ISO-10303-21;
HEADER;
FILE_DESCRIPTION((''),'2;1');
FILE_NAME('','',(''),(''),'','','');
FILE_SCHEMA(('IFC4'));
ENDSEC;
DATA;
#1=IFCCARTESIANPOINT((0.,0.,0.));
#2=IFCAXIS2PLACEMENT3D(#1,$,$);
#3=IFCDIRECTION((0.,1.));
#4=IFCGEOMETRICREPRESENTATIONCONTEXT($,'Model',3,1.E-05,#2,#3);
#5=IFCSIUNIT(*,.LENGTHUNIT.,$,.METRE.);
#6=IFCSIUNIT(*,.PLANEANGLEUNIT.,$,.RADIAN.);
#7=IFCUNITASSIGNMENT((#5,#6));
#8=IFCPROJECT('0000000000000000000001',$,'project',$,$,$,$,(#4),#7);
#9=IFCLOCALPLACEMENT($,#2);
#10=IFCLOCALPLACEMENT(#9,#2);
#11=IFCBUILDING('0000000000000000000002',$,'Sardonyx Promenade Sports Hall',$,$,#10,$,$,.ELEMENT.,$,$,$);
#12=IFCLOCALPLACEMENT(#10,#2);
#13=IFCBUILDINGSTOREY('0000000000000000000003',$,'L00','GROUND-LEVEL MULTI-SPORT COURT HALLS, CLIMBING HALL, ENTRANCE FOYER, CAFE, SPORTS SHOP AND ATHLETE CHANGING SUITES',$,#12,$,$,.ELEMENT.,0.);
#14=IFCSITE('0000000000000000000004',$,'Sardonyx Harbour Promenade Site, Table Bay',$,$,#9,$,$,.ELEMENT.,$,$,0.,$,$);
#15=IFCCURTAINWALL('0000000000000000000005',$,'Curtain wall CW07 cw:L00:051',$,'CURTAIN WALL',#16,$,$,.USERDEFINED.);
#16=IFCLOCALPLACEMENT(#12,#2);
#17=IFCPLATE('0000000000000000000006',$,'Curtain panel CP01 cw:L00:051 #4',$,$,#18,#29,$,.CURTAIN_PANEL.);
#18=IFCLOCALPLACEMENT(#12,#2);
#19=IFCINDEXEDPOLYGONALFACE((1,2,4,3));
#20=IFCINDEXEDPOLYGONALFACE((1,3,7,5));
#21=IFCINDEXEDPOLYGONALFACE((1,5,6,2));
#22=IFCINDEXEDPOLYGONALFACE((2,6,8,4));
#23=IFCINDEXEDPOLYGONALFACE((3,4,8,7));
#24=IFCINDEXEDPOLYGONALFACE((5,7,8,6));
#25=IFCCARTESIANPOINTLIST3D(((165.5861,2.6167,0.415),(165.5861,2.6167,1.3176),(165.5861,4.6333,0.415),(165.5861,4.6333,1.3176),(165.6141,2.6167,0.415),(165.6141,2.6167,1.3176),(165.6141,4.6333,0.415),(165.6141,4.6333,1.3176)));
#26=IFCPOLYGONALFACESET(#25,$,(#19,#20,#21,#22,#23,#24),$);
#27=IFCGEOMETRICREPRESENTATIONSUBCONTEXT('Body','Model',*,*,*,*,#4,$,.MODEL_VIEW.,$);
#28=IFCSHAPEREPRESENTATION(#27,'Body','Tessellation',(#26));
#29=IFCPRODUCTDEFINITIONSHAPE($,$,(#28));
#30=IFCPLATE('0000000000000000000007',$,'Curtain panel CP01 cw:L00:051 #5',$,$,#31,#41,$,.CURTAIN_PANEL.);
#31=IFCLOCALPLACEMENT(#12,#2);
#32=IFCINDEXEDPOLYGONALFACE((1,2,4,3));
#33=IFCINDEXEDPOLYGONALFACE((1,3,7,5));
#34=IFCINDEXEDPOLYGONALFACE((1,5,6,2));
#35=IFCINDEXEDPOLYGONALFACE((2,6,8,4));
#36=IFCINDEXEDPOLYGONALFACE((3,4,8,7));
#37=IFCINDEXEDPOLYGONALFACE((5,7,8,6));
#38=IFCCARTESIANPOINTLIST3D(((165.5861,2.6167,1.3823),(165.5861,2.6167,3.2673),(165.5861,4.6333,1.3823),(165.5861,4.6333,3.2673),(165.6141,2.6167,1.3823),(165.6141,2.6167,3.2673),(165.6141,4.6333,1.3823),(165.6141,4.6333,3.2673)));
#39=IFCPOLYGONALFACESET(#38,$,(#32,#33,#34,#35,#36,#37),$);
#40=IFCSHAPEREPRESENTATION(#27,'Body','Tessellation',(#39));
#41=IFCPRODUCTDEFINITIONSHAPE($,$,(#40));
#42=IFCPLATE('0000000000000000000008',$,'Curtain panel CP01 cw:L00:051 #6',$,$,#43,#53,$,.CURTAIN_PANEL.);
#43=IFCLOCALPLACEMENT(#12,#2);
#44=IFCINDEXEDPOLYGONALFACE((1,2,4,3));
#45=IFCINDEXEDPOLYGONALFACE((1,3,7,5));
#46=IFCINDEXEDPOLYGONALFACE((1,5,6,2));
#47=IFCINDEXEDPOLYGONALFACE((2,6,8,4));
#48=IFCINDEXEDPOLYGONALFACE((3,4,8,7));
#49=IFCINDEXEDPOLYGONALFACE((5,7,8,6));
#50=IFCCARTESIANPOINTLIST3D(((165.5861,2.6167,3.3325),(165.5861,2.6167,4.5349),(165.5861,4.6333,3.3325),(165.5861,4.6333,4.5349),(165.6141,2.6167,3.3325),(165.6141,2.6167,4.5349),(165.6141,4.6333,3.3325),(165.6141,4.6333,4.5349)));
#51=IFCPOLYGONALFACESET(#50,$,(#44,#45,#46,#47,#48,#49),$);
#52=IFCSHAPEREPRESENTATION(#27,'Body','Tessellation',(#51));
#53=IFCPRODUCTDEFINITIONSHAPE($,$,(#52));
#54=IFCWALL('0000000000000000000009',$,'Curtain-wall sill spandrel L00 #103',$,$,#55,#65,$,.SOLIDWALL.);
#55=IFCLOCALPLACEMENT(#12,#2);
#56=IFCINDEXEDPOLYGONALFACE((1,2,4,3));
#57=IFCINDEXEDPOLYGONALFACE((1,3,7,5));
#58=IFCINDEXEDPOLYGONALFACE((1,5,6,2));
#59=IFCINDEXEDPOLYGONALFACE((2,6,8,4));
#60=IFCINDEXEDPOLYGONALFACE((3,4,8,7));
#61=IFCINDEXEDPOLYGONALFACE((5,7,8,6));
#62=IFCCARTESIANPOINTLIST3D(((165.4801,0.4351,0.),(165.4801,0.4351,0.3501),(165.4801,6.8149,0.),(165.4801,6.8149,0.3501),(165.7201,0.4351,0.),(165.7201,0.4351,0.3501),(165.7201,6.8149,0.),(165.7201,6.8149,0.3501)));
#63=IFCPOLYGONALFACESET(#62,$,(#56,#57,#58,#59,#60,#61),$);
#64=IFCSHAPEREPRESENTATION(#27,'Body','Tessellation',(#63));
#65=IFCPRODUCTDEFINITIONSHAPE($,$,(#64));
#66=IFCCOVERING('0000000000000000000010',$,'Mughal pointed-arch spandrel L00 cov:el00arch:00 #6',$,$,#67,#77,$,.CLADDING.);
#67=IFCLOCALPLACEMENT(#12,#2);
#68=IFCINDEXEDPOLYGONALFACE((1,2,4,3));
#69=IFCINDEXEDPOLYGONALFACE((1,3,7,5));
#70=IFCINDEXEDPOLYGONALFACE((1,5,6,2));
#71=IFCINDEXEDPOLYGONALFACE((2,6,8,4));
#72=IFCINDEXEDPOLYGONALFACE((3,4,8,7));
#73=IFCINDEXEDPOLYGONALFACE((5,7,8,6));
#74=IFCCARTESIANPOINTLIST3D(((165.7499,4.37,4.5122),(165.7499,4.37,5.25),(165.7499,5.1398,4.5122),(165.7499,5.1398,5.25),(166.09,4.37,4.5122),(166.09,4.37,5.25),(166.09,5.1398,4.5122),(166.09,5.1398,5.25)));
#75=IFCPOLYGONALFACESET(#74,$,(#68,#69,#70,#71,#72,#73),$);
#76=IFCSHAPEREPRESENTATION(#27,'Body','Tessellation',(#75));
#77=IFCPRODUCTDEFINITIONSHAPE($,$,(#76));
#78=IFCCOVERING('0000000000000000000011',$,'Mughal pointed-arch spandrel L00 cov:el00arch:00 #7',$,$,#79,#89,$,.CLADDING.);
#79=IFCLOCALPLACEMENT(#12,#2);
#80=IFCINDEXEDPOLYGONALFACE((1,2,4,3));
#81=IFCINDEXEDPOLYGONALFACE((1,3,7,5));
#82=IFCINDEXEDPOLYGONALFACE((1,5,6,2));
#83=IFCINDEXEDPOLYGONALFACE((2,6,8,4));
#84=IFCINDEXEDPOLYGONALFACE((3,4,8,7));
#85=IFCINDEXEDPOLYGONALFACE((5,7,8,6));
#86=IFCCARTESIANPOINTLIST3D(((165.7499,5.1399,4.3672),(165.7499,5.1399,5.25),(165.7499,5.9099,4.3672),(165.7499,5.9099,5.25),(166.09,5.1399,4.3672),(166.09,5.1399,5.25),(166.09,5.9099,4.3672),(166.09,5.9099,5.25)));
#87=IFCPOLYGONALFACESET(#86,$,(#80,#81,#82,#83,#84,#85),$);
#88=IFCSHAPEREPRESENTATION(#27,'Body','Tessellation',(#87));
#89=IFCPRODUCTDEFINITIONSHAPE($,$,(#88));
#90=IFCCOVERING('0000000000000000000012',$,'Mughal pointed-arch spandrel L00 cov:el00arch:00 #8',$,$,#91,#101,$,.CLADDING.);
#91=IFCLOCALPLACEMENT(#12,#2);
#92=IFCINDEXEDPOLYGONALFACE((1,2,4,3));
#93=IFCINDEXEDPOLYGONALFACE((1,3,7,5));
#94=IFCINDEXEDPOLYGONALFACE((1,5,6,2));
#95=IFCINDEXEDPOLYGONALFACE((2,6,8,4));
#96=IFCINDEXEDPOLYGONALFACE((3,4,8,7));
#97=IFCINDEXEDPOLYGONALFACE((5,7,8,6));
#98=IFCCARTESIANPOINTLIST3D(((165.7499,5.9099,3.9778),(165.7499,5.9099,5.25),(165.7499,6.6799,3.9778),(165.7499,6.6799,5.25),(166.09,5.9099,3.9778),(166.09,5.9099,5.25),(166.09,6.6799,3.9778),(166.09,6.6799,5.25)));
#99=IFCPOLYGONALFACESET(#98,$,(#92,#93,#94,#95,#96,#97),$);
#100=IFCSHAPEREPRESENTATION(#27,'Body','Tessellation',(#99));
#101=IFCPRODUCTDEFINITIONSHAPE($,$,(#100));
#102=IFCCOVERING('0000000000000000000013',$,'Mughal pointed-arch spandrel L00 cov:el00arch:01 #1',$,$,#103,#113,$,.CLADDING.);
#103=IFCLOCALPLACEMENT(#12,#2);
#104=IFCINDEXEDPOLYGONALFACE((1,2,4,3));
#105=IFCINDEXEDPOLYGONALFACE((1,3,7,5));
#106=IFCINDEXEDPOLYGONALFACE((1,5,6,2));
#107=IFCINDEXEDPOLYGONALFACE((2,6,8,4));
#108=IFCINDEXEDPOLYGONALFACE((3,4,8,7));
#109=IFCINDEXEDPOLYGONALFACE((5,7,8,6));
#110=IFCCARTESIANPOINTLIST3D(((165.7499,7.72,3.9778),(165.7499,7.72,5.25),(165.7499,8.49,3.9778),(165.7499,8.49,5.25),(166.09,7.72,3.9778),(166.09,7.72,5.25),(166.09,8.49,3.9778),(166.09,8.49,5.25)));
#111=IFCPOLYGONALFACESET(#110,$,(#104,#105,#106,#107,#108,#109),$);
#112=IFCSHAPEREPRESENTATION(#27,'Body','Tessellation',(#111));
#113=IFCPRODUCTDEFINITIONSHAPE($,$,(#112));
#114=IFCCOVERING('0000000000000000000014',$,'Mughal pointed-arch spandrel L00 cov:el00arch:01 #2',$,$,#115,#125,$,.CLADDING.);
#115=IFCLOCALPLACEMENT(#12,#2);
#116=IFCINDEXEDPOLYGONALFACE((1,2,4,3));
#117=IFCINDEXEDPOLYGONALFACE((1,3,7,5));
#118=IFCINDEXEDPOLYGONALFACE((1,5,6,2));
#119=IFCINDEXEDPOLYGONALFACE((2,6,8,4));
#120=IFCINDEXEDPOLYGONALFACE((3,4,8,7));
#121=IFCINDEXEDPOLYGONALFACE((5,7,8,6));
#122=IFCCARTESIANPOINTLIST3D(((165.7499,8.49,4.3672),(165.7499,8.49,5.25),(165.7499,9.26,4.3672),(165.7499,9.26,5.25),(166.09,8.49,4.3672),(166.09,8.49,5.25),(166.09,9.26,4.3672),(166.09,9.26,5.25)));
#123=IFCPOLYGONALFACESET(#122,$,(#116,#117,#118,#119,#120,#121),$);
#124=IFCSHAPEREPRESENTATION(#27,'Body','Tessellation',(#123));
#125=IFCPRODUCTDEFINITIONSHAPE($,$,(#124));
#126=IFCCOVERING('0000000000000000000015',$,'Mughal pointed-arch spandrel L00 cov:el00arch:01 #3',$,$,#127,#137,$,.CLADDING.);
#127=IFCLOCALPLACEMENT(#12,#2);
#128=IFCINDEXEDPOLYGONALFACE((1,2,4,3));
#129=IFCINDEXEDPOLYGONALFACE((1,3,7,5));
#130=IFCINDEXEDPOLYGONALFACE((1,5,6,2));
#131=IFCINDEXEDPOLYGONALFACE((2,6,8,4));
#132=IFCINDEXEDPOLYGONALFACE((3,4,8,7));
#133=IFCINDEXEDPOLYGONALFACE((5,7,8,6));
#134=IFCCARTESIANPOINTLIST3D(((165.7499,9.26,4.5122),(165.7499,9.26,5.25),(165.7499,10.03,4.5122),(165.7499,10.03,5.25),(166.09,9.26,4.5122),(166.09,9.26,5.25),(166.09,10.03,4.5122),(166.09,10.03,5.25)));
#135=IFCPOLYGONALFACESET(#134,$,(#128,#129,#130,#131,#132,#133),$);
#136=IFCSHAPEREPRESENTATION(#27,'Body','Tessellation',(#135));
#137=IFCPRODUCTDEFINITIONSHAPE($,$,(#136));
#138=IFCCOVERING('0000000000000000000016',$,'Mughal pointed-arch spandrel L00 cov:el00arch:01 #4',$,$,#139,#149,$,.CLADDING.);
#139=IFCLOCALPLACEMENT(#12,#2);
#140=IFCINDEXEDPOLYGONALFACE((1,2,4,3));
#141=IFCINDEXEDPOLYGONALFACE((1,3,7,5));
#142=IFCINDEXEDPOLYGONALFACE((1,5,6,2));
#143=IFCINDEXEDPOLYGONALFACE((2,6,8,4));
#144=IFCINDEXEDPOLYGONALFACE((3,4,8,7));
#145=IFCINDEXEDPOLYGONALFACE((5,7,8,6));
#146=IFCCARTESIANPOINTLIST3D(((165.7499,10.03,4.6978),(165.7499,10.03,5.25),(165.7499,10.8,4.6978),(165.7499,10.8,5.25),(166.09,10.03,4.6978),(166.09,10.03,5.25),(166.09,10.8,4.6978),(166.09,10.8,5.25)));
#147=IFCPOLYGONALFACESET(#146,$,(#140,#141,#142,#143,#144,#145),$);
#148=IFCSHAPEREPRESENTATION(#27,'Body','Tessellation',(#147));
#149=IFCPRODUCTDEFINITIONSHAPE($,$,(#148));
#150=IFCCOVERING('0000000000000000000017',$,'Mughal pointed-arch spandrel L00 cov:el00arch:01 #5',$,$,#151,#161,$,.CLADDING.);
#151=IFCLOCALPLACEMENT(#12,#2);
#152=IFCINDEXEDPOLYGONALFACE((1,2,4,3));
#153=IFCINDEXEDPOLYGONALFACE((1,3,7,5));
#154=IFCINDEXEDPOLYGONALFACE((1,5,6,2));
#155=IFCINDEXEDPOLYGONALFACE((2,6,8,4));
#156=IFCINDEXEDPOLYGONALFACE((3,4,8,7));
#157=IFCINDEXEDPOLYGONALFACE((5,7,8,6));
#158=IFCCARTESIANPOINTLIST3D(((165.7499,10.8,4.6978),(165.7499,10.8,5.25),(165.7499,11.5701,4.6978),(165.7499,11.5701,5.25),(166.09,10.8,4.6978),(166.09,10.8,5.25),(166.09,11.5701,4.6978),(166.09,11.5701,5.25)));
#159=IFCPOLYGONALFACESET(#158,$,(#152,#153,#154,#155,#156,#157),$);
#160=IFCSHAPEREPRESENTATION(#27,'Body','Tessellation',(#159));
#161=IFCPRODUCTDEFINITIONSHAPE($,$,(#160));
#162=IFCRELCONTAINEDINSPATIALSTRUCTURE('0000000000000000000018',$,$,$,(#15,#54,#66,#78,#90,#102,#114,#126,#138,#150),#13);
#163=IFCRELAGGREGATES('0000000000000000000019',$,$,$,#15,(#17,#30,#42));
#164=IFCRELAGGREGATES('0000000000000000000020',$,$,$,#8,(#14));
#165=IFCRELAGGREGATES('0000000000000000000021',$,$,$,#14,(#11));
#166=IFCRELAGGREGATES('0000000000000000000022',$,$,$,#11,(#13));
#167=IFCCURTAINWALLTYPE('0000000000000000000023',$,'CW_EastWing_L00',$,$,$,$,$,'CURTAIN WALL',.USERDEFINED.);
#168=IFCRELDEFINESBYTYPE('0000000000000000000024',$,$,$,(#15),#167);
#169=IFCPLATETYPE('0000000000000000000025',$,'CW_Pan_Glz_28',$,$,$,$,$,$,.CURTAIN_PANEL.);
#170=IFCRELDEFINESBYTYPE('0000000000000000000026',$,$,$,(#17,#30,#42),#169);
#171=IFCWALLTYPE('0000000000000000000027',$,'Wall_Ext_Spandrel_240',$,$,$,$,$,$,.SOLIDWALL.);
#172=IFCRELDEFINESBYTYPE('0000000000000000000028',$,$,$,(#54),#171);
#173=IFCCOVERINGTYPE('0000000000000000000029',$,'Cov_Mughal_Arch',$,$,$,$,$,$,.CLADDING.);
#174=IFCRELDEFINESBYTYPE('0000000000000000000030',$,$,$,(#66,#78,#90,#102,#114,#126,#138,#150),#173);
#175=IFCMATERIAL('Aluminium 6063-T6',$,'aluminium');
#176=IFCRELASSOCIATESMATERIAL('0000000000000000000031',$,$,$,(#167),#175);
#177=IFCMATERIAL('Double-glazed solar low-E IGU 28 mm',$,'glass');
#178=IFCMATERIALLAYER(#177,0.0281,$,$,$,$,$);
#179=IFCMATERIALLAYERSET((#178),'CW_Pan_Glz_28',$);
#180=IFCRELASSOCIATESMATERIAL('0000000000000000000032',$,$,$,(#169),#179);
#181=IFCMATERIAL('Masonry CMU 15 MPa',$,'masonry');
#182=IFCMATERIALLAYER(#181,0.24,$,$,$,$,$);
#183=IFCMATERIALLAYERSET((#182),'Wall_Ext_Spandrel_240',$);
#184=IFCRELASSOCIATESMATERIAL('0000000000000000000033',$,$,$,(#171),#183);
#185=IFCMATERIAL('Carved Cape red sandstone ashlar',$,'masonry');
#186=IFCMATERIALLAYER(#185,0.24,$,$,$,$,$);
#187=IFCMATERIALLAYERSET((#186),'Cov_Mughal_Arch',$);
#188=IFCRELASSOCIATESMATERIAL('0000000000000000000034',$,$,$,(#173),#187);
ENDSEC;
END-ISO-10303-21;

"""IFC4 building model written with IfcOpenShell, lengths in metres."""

from ifc_helpers import new_model, si_unit, direction, frame, frame_2d, origin, origin_2d, place, context, subcontext, project, spatial, rectangle, extrude, material, layer, layer_set, type_object, element, aggregate, save


model = new_model("IFC4")

# Units and contexts
model_context = context("Model", 3, precision=1e-05, world=origin(), true_north=direction((0.0, 1.0)))
body_context = subcontext(model_context, "Body", "Model", "MODEL_VIEW")
ifc_project = project(units=[si_unit("LENGTHUNIT", "METRE"), si_unit("PLANEANGLEUNIT", "RADIAN")], contexts=[model_context])

# Site, building, storey
site_placement = place(None, origin())
site = spatial("IfcSite", under=ifc_project, at=site_placement, Name="Sardonyx Harbour Promenade Site, Table Bay", CompositionType="ELEMENT", RefElevation=0.0)
building_placement = place(site_placement, origin())
building = spatial("IfcBuilding", under=site, at=building_placement, Name="Sardonyx Promenade Sports Hall", CompositionType="ELEMENT")
storey_placement = place(building_placement, origin())
storey = spatial("IfcBuildingStorey", under=building, at=storey_placement, Name="L00", Description="GROUND-LEVEL MULTI-SPORT COURT HALLS, CLIMBING HALL, ENTRANCE FOYER, CAFE, SPORTS SHOP AND ATHLETE CHANGING SUITES", CompositionType="ELEMENT", Elevation=0.0)

# Curtain wall, plates
ifc_material_1 = material(Name="Aluminium 6063-T6", Category="aluminium")
curtain_wall_type = type_object("IfcCurtainWallType", Name="CW_EastWing_L00", ElementType="CURTAIN WALL", PredefinedType="USERDEFINED", material=ifc_material_1)
curtain_wall_placement = place(storey_placement, origin())
curtain_wall = element("IfcCurtainWall", 1, at=curtain_wall_placement, inside=storey, type_object=curtain_wall_type, Name="Curtain wall CW07 cw:L00:051", ObjectType="CURTAIN WALL", PredefinedType="USERDEFINED")
ifc_material_2 = material(Name="Double-glazed solar low-E IGU 28 mm", Category="glass")
ifc_layer_1 = layer(ifc_material_2, 0.0281)
ifc_layer_set_1 = layer_set([ifc_layer_1], Name="CW_Pan_Glz_28")
plate_type = type_object("IfcPlateType", Name="CW_Pan_Glz_28", PredefinedType="CURTAIN_PANEL", material=ifc_layer_set_1)
plate_1_placement = place(storey_placement, frame((165.6001, 3.625, 0.415), z_axis=(0.0, 0.0, 1.0), x_axis=(0.0, -1.0, 0.0)))
plate_1 = element("IfcPlate", 2, at=plate_1_placement, type_object=plate_type, Name="Curtain panel CP01 cw:L00:051 #4", PredefinedType="CURTAIN_PANEL", context=body_context, shape_type="SweptSolid", body=[
    extrude(rectangle(XDim=2.0166, YDim=0.0281, at=origin_2d()), origin(), (0.0, 0.0, 1.0), 0.9026),
])
plate_2_placement = place(storey_placement, frame((165.6001, 3.625, 1.3823), z_axis=(0.0, 0.0, 1.0), x_axis=(0.0, -1.0, 0.0)))
plate_2 = element("IfcPlate", 3, at=plate_2_placement, type_object=plate_type, Name="Curtain panel CP01 cw:L00:051 #5", PredefinedType="CURTAIN_PANEL", context=body_context, shape_type="SweptSolid", body=[
    extrude(rectangle(XDim=2.0166, YDim=0.0281, at=origin_2d()), origin(), (0.0, 0.0, 1.0), 1.885),
])
plate_3_placement = place(storey_placement, frame((165.6001, 3.625, 3.3325), z_axis=(0.0, 0.0, 1.0), x_axis=(0.0, -1.0, 0.0)))
plate_3 = element("IfcPlate", 4, at=plate_3_placement, type_object=plate_type, Name="Curtain panel CP01 cw:L00:051 #6", PredefinedType="CURTAIN_PANEL", context=body_context, shape_type="SweptSolid", body=[
    extrude(rectangle(XDim=2.0166, YDim=0.0281, at=origin_2d()), origin(), (0.0, 0.0, 1.0), 1.2024),
])
aggregate(curtain_wall, [plate_1, plate_2, plate_3])

# Wall
ifc_material_3 = material(Name="Masonry CMU 15 MPa", Category="masonry")
ifc_layer_2 = layer(ifc_material_3, 0.24)
ifc_layer_set_2 = layer_set([ifc_layer_2], Name="Wall_Ext_Spandrel_240")
wall_type = type_object("IfcWallType", Name="Wall_Ext_Spandrel_240", PredefinedType="SOLIDWALL", material=ifc_layer_set_2)
wall_placement = place(storey_placement, frame((165.6001, 6.8149, 0.0), z_axis=(0.0, 0.0, 1.0), x_axis=(0.0, -1.0, 0.0)))
element("IfcWall", 5, at=wall_placement, inside=storey, type_object=wall_type, Name="Curtain-wall sill spandrel L00 #103", PredefinedType="SOLIDWALL", context=body_context, shape_type="SweptSolid", body=[
    extrude(rectangle(XDim=6.3799, YDim=0.24, at=frame_2d((3.1899, 0.0))), origin(), (0.0, 0.0, 1.0), 0.3501),
])

# Coverings
ifc_material_4 = material(Name="Carved Cape red sandstone ashlar", Category="masonry")
ifc_layer_3 = layer(ifc_material_4, 0.24)
ifc_layer_set_3 = layer_set([ifc_layer_3], Name="Cov_Mughal_Arch")
covering_type = type_object("IfcCoveringType", Name="Cov_Mughal_Arch", PredefinedType="CLADDING", material=ifc_layer_set_3)
covering_1_placement = place(storey_placement, frame((165.9199, 4.3701, 4.5122), z_axis=(0.0, 0.0, 1.0), x_axis=(0.0, 1.0, 0.0)))
element("IfcCovering", 6, at=covering_1_placement, inside=storey, type_object=covering_type, Name="Mughal pointed-arch spandrel L00 cov:el00arch:00 #6", PredefinedType="CLADDING", context=body_context, shape_type="SweptSolid", body=[
    extrude(rectangle(XDim=0.7698, YDim=0.3401, at=frame_2d((0.3848, 0.0))), origin(), (0.0, 0.0, 1.0), 0.7378),
])
covering_2_placement = place(storey_placement, frame((165.9199, 5.1399, 4.3672), z_axis=(0.0, 0.0, 1.0), x_axis=(0.0, 1.0, 0.0)))
element("IfcCovering", 7, at=covering_2_placement, inside=storey, type_object=covering_type, Name="Mughal pointed-arch spandrel L00 cov:el00arch:00 #7", PredefinedType="CLADDING", context=body_context, shape_type="SweptSolid", body=[
    extrude(rectangle(XDim=0.77, YDim=0.3401, at=frame_2d((0.385, 0.0))), origin(), (0.0, 0.0, 1.0), 0.8828),
])
for number, where, z_axis, x_axis, name in (
    (8, (165.9199, 5.9099, 3.9778), (0.0, 0.0, 1.0), (0.0, 1.0, 0.0), "Mughal pointed-arch spandrel L00 cov:el00arch:00 #8"),
    (9, (165.9199, 7.72, 3.9778), (0.0, 0.0, 1.0), (0.0, 1.0, 0.0), "Mughal pointed-arch spandrel L00 cov:el00arch:01 #1"),
):
    element("IfcCovering", number, at=place(storey_placement, frame(where, z_axis=z_axis, x_axis=x_axis)), inside=storey, type_object=covering_type, Name=name, PredefinedType="CLADDING", context=body_context, shape_type="SweptSolid", body=[
        extrude(rectangle(XDim=0.77, YDim=0.3401, at=frame_2d((0.385, 0.0))), origin(), (0.0, 0.0, 1.0), 1.2722),
    ])
covering_3_placement = place(storey_placement, frame((165.9199, 8.49, 4.3672), z_axis=(0.0, 0.0, 1.0), x_axis=(0.0, 1.0, 0.0)))
element("IfcCovering", 10, at=covering_3_placement, inside=storey, type_object=covering_type, Name="Mughal pointed-arch spandrel L00 cov:el00arch:01 #2", PredefinedType="CLADDING", context=body_context, shape_type="SweptSolid", body=[
    extrude(rectangle(XDim=0.77, YDim=0.3401, at=frame_2d((0.385, 0.0))), origin(), (0.0, 0.0, 1.0), 0.8828),
])
covering_4_placement = place(storey_placement, frame((165.9199, 9.26, 4.5122), z_axis=(0.0, 0.0, 1.0), x_axis=(0.0, 1.0, 0.0)))
element("IfcCovering", 11, at=covering_4_placement, inside=storey, type_object=covering_type, Name="Mughal pointed-arch spandrel L00 cov:el00arch:01 #3", PredefinedType="CLADDING", context=body_context, shape_type="SweptSolid", body=[
    extrude(rectangle(XDim=0.77, YDim=0.3401, at=frame_2d((0.385, 0.0))), origin(), (0.0, 0.0, 1.0), 0.7378),
])
for number, where, z_axis, x_axis, name in (
    (12, (165.9199, 10.03, 4.6978), (0.0, 0.0, 1.0), (0.0, 1.0, 0.0), "Mughal pointed-arch spandrel L00 cov:el00arch:01 #4"),
    (13, (165.9199, 10.8, 4.6978), (0.0, 0.0, 1.0), (0.0, 1.0, 0.0), "Mughal pointed-arch spandrel L00 cov:el00arch:01 #5"),
):
    element("IfcCovering", number, at=place(storey_placement, frame(where, z_axis=z_axis, x_axis=x_axis)), inside=storey, type_object=covering_type, Name=name, PredefinedType="CLADDING", context=body_context, shape_type="SweptSolid", body=[
        extrude(rectangle(XDim=0.77, YDim=0.3401, at=frame_2d((0.385, 0.0))), origin(), (0.0, 0.0, 1.0), 0.5522),
    ])

save(model, "model.ifc")
